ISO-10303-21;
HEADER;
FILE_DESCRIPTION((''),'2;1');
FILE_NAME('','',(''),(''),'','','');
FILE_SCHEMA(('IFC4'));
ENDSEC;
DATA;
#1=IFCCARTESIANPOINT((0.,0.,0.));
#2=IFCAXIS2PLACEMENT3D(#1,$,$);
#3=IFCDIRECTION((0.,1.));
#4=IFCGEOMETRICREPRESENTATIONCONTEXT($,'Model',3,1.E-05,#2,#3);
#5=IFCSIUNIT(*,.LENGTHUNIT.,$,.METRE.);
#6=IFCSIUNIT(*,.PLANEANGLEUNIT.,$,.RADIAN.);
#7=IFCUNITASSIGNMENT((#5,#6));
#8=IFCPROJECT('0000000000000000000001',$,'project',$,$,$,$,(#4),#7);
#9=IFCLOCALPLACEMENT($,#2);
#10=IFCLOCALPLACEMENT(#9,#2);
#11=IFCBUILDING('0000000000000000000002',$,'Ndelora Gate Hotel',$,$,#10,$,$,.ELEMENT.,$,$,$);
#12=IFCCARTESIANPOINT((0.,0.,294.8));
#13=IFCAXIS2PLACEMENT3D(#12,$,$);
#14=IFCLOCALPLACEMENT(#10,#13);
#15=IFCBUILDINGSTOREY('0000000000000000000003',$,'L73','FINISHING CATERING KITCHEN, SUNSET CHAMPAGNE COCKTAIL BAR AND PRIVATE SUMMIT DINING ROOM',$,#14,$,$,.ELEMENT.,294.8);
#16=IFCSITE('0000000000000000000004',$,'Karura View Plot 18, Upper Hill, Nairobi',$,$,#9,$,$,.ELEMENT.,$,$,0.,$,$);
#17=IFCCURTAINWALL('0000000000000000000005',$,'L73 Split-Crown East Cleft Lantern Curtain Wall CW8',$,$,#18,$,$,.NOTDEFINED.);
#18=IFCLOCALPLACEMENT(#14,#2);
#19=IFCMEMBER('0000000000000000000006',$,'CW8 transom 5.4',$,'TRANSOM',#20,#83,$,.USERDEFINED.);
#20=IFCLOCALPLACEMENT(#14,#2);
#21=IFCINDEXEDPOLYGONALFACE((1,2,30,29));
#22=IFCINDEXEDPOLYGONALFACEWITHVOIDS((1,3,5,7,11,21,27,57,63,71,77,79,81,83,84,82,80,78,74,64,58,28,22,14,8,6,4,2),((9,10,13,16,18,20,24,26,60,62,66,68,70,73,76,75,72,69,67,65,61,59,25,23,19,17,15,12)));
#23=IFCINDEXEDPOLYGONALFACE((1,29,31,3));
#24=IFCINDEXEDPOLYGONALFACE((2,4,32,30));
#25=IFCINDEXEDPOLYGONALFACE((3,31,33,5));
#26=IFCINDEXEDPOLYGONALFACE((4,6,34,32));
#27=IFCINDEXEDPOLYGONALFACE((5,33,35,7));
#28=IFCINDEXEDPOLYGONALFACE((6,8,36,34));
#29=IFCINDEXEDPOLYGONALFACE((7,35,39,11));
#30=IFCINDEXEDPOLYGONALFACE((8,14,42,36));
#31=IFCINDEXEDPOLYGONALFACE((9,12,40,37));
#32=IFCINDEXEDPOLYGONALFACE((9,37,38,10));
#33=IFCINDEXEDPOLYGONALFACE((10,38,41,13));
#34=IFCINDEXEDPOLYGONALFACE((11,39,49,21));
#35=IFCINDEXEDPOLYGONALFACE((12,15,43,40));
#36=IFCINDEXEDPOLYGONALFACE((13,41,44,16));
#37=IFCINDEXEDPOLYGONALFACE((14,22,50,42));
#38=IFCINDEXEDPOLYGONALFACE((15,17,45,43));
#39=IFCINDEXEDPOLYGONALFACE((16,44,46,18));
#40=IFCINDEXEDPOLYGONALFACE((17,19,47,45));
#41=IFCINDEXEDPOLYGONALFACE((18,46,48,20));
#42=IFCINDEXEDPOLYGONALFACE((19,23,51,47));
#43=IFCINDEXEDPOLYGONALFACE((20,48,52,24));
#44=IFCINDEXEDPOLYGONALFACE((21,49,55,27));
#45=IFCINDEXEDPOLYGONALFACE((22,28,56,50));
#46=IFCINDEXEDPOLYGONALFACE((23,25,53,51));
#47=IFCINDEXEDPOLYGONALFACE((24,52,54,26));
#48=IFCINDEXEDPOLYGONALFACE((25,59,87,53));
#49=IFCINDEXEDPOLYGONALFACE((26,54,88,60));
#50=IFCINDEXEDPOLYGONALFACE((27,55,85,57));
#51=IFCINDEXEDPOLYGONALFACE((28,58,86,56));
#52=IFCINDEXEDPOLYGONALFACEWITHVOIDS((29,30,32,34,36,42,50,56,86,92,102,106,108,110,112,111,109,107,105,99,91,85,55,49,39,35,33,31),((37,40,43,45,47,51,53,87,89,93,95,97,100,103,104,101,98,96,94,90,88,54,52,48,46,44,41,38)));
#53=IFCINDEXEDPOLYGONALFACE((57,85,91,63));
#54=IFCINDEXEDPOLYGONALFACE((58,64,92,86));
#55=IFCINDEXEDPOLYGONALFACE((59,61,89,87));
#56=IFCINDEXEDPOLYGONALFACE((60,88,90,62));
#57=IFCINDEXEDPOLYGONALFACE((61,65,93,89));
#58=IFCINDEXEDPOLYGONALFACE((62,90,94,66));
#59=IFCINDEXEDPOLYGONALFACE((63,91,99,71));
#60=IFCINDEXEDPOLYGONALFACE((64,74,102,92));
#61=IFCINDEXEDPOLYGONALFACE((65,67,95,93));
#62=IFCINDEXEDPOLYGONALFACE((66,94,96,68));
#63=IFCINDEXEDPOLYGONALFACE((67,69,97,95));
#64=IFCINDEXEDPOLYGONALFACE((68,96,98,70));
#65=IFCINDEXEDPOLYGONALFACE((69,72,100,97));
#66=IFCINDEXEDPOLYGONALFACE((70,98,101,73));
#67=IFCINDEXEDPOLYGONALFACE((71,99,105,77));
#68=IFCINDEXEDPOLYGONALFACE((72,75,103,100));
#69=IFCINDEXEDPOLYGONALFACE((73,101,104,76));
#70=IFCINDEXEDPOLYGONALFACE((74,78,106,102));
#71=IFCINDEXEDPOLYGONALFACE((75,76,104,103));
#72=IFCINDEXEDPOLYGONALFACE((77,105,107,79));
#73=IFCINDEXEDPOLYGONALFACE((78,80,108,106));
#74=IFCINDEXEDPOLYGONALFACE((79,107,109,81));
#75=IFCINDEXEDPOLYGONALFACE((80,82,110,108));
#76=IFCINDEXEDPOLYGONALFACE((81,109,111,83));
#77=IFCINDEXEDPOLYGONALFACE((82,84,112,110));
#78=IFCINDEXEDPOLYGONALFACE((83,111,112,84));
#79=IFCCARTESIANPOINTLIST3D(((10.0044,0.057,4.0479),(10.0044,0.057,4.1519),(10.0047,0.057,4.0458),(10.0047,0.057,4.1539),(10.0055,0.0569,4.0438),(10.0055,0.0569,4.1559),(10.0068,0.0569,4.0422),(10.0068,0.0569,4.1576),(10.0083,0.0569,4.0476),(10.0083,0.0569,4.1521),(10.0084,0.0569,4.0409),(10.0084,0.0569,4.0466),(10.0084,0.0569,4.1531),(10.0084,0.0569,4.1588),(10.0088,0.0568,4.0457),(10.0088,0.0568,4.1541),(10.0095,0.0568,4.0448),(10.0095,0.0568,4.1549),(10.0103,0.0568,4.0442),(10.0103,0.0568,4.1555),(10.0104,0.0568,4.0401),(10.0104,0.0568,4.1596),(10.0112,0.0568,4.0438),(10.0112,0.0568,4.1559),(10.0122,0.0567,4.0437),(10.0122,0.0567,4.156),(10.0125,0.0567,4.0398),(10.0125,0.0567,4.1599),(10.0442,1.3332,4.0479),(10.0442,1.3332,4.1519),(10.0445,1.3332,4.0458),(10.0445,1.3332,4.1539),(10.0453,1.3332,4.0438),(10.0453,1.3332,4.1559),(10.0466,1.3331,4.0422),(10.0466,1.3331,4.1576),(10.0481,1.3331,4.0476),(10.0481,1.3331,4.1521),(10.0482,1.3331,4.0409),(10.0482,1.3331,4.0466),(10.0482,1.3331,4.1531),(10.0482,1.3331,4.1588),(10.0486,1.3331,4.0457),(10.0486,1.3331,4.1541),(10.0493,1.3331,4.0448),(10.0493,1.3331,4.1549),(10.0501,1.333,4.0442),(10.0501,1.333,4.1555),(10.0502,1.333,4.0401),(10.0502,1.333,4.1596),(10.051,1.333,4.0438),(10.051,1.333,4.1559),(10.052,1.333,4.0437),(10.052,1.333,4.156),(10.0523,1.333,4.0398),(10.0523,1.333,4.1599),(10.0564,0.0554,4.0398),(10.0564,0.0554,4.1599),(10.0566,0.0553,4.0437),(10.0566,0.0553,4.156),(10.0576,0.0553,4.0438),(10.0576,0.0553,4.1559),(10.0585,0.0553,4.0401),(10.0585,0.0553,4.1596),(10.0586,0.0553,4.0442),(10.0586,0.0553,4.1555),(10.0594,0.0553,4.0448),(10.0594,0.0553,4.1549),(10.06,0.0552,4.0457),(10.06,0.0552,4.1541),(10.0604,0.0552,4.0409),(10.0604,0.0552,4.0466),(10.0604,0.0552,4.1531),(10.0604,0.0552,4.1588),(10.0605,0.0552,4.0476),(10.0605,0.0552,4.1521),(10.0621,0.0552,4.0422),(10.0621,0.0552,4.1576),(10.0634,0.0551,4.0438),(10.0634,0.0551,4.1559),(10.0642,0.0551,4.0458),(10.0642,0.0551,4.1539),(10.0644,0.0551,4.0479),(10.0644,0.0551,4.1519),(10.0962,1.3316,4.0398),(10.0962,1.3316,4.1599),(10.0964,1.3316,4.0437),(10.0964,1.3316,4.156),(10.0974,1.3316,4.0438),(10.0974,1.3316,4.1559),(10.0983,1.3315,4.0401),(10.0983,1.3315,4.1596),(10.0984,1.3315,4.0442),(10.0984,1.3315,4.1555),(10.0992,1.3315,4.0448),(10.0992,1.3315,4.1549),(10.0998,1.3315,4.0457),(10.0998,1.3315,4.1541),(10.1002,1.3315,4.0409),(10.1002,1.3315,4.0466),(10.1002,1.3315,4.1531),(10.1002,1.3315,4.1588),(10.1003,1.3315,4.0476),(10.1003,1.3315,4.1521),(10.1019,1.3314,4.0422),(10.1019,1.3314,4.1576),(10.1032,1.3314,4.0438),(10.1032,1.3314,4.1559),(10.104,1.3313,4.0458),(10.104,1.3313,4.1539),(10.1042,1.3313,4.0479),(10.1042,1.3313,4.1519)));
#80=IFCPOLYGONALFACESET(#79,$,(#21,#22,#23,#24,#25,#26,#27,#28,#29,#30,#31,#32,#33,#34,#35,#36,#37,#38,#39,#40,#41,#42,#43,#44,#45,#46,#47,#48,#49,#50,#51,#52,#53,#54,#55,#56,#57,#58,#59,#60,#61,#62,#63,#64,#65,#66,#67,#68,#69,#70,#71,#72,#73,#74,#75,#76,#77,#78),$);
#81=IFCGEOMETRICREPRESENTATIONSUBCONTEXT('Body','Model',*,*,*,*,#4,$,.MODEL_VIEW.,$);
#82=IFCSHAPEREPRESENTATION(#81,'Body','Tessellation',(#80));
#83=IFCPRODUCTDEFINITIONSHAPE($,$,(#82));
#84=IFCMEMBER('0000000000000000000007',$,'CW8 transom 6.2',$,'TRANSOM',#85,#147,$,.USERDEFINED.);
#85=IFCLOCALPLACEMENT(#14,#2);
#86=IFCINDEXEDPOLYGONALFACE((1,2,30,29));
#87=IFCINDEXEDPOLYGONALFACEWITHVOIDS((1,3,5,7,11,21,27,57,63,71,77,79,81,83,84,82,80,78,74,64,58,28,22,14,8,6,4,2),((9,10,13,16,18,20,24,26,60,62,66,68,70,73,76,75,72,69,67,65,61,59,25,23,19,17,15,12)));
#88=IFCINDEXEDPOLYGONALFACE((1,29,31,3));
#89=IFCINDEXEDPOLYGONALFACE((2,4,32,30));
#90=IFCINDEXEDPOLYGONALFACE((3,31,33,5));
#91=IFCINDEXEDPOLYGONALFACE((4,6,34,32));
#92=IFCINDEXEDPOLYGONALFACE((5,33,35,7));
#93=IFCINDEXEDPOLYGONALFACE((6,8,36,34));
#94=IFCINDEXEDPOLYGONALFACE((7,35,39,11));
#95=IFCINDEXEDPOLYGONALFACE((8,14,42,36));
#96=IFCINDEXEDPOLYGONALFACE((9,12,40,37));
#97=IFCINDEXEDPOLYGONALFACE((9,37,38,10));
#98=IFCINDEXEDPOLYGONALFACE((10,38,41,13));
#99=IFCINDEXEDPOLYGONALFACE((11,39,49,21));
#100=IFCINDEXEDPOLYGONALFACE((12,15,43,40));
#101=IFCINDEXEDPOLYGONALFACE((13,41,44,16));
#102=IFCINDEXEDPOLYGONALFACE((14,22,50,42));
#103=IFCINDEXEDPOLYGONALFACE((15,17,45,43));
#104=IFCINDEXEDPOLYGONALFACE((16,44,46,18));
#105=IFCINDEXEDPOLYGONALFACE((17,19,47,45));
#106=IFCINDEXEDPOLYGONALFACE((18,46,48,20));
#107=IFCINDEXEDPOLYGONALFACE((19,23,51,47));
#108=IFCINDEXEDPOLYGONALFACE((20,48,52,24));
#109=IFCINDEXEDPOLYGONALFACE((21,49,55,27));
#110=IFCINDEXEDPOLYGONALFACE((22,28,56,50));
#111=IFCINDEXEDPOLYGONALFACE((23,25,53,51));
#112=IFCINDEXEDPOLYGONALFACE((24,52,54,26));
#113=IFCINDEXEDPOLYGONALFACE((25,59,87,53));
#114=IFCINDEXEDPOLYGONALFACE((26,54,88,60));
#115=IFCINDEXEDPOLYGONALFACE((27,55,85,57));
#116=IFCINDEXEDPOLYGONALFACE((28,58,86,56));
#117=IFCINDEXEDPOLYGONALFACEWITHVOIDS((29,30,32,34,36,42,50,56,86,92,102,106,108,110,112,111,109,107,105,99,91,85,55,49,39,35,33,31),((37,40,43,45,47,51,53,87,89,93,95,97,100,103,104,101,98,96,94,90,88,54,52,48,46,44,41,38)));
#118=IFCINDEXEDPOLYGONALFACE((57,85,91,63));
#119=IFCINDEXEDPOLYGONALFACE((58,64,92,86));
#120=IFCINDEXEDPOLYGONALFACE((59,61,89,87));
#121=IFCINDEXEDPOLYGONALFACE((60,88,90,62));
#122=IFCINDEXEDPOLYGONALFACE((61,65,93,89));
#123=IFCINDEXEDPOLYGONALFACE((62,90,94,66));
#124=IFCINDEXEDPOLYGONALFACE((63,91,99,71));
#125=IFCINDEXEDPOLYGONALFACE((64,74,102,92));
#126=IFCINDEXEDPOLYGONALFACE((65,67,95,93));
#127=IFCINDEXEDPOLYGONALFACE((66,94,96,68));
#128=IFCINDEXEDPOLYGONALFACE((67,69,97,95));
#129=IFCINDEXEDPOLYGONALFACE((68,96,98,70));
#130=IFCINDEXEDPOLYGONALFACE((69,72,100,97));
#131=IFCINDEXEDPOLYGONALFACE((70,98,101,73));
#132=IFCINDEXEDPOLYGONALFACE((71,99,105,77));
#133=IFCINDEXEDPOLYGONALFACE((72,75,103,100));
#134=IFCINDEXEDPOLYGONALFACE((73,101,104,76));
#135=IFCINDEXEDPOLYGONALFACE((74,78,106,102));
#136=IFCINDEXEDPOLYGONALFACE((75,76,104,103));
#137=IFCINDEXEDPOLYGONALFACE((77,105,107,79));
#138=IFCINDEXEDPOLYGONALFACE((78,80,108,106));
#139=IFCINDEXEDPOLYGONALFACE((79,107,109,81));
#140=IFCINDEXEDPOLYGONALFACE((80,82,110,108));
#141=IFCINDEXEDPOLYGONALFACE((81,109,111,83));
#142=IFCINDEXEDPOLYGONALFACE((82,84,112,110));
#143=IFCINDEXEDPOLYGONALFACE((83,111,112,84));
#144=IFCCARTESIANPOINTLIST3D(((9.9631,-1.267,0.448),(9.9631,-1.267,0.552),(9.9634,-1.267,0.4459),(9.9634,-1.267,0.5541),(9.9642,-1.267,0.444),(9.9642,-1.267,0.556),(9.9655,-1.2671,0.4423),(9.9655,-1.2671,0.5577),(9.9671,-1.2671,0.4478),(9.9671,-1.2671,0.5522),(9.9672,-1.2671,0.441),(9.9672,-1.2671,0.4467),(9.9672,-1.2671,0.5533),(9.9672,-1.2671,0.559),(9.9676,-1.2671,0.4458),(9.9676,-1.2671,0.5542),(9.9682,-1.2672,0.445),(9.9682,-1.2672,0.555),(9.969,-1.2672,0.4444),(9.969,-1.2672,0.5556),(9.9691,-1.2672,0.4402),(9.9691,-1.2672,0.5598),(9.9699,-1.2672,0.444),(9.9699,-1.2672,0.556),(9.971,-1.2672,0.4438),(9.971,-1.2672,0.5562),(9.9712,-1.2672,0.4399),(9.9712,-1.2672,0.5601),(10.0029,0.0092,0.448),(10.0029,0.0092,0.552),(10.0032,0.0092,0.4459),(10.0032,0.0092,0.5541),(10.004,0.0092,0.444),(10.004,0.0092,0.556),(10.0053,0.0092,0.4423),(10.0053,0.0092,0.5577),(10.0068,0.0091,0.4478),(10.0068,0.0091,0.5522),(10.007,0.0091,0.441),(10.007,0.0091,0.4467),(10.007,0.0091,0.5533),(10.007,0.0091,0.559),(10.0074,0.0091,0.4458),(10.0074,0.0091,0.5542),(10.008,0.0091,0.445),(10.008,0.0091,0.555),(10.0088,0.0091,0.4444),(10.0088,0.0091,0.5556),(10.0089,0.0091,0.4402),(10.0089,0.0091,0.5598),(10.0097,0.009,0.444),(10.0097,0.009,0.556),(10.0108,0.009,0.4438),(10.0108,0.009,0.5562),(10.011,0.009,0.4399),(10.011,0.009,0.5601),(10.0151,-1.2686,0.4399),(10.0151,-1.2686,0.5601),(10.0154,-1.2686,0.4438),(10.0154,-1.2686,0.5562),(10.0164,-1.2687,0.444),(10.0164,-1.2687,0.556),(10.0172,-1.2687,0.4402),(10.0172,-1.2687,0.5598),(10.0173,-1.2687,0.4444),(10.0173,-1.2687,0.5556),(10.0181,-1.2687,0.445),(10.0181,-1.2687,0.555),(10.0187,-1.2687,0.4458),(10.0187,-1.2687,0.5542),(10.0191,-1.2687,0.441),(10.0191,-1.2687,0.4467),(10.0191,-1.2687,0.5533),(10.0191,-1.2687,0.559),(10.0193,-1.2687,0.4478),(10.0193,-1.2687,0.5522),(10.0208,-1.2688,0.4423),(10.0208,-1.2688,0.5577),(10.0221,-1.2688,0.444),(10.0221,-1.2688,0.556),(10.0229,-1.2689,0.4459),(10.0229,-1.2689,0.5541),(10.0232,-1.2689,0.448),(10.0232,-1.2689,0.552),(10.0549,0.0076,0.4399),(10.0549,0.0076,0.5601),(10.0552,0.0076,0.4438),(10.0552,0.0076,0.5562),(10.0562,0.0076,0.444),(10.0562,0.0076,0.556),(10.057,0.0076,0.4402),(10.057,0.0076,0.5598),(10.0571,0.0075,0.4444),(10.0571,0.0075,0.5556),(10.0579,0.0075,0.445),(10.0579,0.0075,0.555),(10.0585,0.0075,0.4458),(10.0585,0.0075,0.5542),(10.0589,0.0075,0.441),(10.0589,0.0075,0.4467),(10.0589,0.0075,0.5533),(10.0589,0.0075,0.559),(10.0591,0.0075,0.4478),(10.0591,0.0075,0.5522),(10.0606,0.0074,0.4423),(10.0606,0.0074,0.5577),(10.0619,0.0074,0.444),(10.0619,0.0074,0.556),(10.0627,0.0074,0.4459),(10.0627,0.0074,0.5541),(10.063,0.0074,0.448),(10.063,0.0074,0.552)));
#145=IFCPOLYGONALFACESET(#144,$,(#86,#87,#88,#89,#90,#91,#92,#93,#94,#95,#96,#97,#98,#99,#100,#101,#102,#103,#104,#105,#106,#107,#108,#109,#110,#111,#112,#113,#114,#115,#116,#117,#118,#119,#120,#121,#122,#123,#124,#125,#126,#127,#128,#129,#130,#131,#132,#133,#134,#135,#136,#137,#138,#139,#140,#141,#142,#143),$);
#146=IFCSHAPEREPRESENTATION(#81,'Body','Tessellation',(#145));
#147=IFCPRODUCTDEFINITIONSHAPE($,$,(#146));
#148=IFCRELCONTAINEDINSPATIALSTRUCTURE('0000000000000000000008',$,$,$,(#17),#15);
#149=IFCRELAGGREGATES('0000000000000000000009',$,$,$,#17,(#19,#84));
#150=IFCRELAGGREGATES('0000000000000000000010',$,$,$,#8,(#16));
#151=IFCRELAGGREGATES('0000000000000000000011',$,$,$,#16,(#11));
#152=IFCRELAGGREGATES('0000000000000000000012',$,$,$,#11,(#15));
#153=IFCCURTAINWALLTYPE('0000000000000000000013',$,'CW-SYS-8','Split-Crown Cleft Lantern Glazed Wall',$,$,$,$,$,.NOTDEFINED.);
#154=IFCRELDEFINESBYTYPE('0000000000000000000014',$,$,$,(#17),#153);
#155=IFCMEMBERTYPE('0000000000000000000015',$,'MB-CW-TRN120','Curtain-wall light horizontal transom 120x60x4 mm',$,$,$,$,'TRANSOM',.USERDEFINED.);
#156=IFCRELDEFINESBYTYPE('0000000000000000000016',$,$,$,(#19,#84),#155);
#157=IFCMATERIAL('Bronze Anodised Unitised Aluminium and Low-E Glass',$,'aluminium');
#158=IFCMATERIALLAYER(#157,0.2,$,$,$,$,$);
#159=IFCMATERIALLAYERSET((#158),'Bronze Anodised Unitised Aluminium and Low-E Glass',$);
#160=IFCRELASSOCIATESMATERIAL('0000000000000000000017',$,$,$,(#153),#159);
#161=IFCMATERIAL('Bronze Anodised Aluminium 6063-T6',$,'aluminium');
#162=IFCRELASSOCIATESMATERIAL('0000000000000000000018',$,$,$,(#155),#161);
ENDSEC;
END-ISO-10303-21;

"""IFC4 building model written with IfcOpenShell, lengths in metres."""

from ifc_helpers import new_model, si_unit, direction, frame, origin, origin_2d, place, context, subcontext, project, spatial, hollow_rectangle, extrude, material, layer, layer_set, material_profile, profile_set, type_object, element, aggregate, save


model = new_model("IFC4")

# Units and contexts
model_context = context("Model", 3, precision=1e-05, world=origin(), true_north=direction((0.0, 1.0)))
body_context = subcontext(model_context, "Body", "Model", "MODEL_VIEW")
ifc_project = project(units=[si_unit("LENGTHUNIT", "METRE"), si_unit("PLANEANGLEUNIT", "RADIAN")], contexts=[model_context])

# Site, building, storey
site_placement = place(None, origin())
site = spatial("IfcSite", under=ifc_project, at=site_placement, Name="Karura View Plot 18, Upper Hill, Nairobi", CompositionType="ELEMENT", RefElevation=0.0)
building_placement = place(site_placement, origin())
building = spatial("IfcBuilding", under=site, at=building_placement, Name="Ndelora Gate Hotel", CompositionType="ELEMENT")
storey_placement = place(building_placement, frame((0.0, 0.0, 294.8)))
storey = spatial("IfcBuildingStorey", under=building, at=storey_placement, Name="L73", Description="FINISHING CATERING KITCHEN, SUNSET CHAMPAGNE COCKTAIL BAR AND PRIVATE SUMMIT DINING ROOM", CompositionType="ELEMENT", Elevation=294.8)

# Curtain wall, members
ifc_material_1 = material(Name="Bronze Anodised Unitised Aluminium and Low-E Glass", Category="aluminium")
ifc_layer_1 = layer(ifc_material_1, 0.2)
ifc_layer_set_1 = layer_set([ifc_layer_1], Name="Bronze Anodised Unitised Aluminium and Low-E Glass")
curtain_wall_type = type_object("IfcCurtainWallType", Name="CW-SYS-8", Description="Split-Crown Cleft Lantern Glazed Wall", PredefinedType="NOTDEFINED", material=ifc_layer_set_1)
curtain_wall_placement = place(storey_placement, origin())
curtain_wall = element("IfcCurtainWall", 1, at=curtain_wall_placement, inside=storey, type_object=curtain_wall_type, Name="L73 Split-Crown East Cleft Lantern Curtain Wall CW8", PredefinedType="NOTDEFINED")
ifc_material_2 = material(Name="Bronze Anodised Aluminium 6063-T6", Category="aluminium")
ifc_material_profile_1 = material_profile(ifc_material_2, hollow_rectangle(XDim=0.0601, YDim=0.1201, WallThickness=0.0039, InnerFilletRadius=0.0039, OuterFilletRadius=0.0081, at=origin_2d()), Name="ALU 120x60x4")
ifc_profile_set_1 = profile_set([ifc_material_profile_1], Name="Bronze Anodised Aluminium 6063-T6")
member_type_1 = type_object("IfcMemberType", Name="MB-CW-TRN120", Description="Curtain-wall light horizontal transom 120x60x4 mm", ElementType="TRANSOM", PredefinedType="USERDEFINED", material=ifc_profile_set_1)
member_1_placement = place(storey_placement, frame((10.0742, 1.3323, 4.0999), z_axis=(-0.031169, -0.999514, 0.0), x_axis=(0.999514, -0.031169, 0.0)))
member_1 = element("IfcMember", 2, at=member_1_placement, type_object=member_type_1, Name="CW8 transom 5.4", ObjectType="TRANSOM", PredefinedType="USERDEFINED", context=body_context, shape_type="SweptSolid", body=[
    extrude(hollow_rectangle(XDim=0.0601, YDim=0.1201, WallThickness=0.0039, InnerFilletRadius=0.0039, OuterFilletRadius=0.0081, at=origin_2d()), origin(), (0.0, 0.0, 1.0), 1.2769),
])
member_2_placement = place(storey_placement, frame((10.033, 0.0083, 0.5), z_axis=(-0.031169, -0.999514, 0.0), x_axis=(0.999514, -0.031169, 0.0)))
member_2 = element("IfcMember", 3, at=member_2_placement, type_object=member_type_1, Name="CW8 transom 6.2", ObjectType="TRANSOM", PredefinedType="USERDEFINED", context=body_context, shape_type="SweptSolid", body=[
    extrude(hollow_rectangle(XDim=0.0601, YDim=0.1201, WallThickness=0.0039, InnerFilletRadius=0.0039, OuterFilletRadius=0.0081, at=origin_2d()), origin(), (0.0, 0.0, 1.0), 1.2769),
])
aggregate(curtain_wall, [member_1, member_2])

save(model, "model.ifc")
